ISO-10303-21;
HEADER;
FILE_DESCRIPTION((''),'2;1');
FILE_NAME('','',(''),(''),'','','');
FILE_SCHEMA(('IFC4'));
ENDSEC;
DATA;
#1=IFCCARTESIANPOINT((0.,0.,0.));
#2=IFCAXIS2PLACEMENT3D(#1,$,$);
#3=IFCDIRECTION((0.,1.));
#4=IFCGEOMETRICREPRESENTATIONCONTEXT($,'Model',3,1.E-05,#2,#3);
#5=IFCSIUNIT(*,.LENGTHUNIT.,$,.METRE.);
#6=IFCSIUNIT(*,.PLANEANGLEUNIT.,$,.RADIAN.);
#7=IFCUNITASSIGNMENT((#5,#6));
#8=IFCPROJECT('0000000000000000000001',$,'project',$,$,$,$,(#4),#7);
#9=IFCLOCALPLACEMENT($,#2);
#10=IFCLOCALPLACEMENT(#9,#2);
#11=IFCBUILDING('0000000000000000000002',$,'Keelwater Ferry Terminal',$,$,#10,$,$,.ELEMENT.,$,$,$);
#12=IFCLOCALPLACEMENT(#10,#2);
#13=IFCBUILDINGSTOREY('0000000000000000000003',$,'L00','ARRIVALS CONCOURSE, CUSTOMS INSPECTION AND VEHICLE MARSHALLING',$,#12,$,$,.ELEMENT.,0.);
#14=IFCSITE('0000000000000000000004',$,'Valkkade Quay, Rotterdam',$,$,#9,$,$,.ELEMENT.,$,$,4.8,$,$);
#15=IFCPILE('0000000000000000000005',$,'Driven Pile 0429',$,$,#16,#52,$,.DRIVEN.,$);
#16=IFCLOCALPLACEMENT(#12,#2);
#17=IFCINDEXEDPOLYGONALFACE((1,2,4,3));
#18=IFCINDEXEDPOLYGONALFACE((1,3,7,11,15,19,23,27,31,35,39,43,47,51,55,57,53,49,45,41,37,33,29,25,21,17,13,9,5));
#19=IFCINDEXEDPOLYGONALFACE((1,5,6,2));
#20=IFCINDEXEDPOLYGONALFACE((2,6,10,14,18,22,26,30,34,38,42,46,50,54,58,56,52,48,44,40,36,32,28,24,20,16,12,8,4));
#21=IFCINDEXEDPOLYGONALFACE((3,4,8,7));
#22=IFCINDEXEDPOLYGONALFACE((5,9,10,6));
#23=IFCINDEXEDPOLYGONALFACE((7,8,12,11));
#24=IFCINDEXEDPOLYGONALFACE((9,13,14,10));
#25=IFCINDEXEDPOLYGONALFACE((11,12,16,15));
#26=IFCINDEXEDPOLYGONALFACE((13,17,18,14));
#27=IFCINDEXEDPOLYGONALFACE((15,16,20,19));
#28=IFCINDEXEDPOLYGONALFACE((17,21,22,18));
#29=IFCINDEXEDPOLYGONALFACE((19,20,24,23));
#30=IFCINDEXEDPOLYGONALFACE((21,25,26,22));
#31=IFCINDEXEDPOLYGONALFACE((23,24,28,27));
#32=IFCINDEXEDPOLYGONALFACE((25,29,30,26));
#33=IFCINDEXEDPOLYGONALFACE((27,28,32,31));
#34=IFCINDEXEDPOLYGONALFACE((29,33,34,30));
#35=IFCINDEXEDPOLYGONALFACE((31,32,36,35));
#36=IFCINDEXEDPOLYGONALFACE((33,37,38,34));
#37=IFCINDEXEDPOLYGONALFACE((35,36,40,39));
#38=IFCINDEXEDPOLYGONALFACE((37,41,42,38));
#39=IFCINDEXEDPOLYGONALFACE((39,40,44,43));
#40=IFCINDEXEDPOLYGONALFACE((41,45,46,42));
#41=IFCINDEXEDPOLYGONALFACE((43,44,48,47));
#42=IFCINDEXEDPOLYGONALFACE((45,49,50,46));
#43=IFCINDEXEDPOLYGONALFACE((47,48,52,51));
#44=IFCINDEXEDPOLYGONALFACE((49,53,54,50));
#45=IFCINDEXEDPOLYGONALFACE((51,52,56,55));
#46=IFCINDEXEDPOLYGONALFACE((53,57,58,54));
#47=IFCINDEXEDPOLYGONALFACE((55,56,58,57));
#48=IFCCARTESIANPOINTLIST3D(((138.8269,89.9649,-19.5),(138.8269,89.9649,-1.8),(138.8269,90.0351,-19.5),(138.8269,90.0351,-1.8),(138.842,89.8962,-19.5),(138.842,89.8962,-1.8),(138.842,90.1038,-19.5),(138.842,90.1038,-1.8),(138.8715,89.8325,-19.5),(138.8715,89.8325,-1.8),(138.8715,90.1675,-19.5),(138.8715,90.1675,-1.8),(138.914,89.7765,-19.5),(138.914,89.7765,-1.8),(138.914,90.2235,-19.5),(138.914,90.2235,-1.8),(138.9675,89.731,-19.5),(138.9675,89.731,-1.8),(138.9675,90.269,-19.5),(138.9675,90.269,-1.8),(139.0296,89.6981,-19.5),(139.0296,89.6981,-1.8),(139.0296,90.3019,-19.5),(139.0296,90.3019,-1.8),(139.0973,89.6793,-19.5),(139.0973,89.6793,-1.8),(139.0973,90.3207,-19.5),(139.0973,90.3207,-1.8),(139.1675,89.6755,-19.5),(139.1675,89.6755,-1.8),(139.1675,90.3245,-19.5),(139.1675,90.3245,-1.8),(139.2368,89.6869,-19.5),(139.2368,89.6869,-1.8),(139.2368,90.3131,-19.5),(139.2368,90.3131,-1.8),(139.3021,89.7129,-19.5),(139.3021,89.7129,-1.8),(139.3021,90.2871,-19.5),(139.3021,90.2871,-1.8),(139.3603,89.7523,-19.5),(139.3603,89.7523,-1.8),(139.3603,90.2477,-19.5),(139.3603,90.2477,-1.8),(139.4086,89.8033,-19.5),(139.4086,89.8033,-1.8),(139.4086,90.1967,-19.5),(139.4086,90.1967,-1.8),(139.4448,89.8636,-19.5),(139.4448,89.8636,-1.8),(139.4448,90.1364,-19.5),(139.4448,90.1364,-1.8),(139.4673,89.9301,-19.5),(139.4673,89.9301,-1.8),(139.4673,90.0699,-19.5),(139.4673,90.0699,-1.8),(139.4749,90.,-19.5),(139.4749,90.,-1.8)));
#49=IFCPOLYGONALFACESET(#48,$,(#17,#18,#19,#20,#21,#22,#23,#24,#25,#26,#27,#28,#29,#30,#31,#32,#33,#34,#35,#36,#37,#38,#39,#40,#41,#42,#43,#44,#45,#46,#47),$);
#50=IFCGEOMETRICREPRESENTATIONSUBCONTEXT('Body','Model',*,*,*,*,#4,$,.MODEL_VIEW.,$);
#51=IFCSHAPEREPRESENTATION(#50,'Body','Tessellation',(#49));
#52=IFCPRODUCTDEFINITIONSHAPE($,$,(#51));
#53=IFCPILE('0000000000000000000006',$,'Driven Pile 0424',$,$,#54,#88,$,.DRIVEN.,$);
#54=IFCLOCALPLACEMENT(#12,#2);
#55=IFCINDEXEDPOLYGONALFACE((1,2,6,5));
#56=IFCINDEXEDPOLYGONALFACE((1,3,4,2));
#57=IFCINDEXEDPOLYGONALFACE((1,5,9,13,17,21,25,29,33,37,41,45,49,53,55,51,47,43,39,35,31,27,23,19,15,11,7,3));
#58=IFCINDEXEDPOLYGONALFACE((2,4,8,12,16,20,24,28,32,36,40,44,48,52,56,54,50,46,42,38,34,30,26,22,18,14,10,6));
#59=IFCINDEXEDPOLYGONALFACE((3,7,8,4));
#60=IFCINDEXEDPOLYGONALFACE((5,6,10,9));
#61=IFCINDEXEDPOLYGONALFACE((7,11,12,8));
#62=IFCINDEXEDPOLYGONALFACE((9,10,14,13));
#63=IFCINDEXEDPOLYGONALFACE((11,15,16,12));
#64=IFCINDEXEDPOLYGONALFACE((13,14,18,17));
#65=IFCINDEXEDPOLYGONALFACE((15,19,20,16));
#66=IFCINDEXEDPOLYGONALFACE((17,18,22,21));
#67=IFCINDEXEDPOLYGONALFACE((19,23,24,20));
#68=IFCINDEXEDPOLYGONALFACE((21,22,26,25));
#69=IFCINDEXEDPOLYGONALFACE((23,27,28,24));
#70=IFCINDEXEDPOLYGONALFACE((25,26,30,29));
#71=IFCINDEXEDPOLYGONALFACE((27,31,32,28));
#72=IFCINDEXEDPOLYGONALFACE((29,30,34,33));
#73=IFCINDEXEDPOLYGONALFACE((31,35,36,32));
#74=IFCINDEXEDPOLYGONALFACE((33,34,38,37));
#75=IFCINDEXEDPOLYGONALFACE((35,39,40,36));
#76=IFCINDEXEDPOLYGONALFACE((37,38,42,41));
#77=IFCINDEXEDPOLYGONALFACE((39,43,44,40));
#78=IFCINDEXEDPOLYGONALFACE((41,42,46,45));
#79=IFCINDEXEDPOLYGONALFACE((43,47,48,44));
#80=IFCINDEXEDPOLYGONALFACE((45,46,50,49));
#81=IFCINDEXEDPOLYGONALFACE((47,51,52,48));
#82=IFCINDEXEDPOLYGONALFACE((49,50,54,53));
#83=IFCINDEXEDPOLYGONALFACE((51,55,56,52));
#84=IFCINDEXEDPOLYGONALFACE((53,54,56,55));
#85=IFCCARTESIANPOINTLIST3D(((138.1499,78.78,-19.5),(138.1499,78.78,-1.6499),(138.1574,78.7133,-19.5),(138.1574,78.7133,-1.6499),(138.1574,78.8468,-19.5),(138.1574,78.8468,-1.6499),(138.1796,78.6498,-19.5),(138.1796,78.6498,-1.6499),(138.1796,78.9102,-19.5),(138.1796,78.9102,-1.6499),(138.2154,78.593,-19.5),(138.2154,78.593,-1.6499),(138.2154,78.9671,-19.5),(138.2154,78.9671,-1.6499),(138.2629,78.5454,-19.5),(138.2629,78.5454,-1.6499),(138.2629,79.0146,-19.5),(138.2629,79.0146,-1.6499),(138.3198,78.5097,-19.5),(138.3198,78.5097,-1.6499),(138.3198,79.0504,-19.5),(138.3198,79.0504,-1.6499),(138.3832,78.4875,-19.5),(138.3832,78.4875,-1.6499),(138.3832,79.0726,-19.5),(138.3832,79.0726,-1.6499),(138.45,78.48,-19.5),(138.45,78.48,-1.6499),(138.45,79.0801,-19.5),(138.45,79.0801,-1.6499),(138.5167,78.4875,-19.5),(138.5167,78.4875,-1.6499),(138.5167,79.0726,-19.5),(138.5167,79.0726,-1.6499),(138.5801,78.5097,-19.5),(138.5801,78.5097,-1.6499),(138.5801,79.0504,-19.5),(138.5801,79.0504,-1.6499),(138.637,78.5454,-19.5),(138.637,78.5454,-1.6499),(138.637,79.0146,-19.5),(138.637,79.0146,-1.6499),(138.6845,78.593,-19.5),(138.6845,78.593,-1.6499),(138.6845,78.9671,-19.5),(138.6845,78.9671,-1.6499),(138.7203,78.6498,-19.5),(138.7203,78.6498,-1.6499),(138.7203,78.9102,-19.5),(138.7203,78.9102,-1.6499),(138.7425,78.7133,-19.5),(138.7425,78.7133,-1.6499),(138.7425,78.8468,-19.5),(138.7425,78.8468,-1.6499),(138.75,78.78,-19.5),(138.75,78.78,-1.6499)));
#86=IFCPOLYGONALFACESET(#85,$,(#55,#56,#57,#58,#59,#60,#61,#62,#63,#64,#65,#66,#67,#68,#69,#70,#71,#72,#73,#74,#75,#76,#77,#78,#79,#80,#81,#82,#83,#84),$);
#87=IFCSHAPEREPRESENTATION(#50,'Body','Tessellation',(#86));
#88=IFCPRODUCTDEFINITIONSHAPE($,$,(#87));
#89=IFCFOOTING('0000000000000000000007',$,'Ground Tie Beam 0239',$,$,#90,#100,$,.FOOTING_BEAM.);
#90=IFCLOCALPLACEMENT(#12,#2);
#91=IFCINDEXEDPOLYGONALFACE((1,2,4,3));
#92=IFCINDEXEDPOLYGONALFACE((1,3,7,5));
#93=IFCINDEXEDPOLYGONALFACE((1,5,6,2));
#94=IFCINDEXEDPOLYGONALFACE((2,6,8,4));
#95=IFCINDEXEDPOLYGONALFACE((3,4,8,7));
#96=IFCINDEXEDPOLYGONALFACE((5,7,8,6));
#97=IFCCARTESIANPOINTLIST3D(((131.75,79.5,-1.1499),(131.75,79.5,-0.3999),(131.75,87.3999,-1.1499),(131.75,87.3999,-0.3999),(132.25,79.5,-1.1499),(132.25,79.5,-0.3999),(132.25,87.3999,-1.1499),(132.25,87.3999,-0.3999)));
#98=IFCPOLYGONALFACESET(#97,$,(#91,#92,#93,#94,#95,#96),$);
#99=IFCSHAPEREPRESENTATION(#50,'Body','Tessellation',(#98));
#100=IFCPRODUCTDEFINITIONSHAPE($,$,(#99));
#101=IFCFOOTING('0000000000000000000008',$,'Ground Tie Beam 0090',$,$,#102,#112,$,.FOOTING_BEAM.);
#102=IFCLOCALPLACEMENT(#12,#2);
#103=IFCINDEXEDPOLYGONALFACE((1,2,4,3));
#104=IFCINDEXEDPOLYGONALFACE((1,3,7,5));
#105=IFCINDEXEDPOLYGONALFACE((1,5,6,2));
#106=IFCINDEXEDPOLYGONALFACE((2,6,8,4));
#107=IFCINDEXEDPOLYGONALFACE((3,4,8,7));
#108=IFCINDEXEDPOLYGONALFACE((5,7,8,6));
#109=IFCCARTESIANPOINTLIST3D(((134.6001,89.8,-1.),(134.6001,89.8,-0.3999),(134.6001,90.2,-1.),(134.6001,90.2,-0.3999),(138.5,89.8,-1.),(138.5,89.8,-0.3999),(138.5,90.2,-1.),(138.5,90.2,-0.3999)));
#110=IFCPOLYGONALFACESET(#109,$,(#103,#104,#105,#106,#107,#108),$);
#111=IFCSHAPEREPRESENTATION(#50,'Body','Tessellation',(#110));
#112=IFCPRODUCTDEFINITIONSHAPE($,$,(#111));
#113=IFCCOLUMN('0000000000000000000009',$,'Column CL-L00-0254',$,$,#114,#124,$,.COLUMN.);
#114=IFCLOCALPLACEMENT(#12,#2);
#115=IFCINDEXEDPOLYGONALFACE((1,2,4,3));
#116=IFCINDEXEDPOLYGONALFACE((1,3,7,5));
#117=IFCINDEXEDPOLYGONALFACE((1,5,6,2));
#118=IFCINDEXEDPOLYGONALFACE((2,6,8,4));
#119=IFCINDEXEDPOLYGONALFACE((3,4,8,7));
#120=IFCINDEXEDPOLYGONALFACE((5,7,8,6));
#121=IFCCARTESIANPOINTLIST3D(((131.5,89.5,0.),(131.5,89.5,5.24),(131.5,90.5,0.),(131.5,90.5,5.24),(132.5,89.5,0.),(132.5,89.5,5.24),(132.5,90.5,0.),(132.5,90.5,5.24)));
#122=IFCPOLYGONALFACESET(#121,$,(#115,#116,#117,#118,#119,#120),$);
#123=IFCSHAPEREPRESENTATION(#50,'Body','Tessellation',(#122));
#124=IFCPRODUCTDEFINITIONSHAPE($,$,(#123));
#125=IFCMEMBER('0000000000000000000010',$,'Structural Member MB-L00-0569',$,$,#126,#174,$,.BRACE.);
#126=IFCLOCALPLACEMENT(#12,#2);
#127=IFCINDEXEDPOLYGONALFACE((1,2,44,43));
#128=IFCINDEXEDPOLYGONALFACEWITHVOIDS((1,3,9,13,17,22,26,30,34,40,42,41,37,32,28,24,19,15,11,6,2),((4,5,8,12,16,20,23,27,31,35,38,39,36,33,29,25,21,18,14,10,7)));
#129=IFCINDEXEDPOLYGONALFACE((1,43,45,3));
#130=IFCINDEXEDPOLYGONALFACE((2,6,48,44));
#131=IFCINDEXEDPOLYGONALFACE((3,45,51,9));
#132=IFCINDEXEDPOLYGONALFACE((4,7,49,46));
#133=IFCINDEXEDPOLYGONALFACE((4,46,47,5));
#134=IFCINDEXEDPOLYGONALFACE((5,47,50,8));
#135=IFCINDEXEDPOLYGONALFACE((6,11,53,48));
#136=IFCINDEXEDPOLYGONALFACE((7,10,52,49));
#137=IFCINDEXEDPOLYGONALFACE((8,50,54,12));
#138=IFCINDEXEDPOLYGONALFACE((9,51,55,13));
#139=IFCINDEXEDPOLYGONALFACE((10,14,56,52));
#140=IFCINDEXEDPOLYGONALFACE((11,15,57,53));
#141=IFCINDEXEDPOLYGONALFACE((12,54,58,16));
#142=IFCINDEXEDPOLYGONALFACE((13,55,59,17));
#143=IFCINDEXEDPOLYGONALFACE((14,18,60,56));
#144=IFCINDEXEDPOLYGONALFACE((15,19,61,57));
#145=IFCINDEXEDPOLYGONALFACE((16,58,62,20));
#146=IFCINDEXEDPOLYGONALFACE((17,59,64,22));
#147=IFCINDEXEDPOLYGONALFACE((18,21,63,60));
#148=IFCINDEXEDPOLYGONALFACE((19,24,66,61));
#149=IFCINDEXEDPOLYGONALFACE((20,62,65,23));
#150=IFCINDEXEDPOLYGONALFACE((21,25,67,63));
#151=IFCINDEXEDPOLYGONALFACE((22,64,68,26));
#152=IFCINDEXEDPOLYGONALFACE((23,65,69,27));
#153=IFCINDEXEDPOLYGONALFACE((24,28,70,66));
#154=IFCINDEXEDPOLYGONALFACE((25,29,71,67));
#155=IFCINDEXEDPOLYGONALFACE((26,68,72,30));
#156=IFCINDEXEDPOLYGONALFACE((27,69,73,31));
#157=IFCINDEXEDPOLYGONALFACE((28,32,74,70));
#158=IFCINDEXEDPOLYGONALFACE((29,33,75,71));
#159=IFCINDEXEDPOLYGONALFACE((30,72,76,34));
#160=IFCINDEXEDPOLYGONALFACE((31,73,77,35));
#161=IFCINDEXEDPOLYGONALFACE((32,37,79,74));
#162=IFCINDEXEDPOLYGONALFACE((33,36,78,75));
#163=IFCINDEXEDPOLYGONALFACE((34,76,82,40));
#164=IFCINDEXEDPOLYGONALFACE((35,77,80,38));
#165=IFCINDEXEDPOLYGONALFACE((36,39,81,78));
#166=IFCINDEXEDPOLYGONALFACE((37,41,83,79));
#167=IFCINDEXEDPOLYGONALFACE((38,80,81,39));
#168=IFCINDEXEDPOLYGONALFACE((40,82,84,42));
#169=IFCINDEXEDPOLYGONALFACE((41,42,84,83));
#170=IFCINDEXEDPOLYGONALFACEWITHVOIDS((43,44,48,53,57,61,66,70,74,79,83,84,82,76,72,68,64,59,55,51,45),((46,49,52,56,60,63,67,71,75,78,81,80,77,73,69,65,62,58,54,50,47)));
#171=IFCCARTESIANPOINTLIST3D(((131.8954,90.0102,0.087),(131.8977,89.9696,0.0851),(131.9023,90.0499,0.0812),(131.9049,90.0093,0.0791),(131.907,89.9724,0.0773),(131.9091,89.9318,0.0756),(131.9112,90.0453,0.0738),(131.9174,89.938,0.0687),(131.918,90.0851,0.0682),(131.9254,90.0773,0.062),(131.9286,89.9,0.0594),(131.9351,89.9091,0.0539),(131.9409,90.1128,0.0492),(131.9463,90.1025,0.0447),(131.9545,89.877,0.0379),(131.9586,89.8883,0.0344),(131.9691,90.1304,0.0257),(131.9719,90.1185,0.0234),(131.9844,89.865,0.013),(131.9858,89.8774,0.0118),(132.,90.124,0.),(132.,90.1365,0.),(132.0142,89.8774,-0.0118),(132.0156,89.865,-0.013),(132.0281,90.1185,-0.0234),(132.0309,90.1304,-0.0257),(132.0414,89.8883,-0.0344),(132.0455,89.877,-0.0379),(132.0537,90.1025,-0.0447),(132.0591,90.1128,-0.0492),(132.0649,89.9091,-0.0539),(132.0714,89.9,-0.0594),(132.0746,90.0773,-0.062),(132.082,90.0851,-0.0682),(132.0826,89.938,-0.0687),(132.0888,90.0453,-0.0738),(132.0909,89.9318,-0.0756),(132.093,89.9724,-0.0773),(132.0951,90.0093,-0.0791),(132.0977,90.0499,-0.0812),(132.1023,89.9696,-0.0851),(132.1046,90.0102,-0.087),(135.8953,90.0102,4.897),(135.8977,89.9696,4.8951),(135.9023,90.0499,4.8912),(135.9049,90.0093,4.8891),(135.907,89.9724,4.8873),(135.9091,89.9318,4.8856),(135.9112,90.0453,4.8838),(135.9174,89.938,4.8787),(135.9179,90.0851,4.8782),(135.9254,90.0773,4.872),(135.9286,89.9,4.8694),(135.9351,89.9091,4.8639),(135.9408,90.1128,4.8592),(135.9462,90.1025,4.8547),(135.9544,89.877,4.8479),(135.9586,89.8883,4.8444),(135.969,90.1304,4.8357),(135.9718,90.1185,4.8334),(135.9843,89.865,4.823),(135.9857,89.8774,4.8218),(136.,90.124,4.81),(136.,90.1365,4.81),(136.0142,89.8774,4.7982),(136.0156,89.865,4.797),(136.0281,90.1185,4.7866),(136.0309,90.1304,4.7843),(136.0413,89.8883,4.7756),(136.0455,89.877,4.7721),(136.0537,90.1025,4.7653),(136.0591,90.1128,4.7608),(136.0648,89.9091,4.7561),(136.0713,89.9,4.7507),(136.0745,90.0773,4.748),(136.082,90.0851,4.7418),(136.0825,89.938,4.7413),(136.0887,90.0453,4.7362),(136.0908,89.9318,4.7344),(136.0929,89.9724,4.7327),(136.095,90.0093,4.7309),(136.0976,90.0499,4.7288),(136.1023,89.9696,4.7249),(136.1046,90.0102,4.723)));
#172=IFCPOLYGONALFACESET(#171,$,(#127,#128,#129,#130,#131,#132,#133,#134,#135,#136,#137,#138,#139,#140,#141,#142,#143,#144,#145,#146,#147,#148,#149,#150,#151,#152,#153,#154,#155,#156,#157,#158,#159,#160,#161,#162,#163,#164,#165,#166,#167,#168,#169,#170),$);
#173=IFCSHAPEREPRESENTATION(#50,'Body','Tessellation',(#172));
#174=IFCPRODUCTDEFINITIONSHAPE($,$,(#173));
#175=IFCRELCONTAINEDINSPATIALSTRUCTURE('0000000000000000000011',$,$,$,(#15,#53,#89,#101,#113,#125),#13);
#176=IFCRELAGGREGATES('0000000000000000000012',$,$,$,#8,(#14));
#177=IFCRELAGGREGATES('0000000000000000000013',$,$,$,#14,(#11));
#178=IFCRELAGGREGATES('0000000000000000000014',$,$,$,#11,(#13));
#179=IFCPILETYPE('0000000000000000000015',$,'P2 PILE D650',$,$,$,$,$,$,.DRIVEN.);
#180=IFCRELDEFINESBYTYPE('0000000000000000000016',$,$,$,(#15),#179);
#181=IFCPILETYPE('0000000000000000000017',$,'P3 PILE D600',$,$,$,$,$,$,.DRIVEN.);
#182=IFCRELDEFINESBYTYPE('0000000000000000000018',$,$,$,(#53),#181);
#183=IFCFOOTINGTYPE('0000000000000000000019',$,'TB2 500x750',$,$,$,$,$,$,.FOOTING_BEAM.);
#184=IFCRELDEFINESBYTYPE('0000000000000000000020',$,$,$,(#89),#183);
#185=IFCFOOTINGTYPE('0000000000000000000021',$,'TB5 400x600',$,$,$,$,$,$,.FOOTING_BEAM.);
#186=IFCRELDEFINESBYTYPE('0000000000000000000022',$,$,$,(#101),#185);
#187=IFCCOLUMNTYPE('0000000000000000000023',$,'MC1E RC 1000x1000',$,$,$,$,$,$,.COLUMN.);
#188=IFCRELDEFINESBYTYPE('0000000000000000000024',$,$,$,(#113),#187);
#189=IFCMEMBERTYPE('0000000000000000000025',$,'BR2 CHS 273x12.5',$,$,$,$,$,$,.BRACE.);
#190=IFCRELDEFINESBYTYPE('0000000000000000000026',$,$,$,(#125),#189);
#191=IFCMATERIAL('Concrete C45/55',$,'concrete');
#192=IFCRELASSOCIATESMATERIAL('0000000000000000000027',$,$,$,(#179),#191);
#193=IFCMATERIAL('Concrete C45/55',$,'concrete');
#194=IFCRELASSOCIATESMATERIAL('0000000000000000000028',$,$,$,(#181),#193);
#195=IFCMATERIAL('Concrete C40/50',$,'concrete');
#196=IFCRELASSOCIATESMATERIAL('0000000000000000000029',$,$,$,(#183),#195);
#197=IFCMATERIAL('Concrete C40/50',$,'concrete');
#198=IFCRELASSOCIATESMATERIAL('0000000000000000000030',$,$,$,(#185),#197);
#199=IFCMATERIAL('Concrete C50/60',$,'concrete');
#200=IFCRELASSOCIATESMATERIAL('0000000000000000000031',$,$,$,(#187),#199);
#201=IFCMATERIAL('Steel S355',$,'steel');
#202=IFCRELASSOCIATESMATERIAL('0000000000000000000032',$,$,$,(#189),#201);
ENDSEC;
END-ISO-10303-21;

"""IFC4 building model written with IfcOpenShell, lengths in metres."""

from ifc_helpers import new_model, si_unit, direction, frame, origin, origin_2d, place, context, subcontext, project, spatial, rectangle, circle, hollow_circle, extrude, material, material_profile, profile_set, type_object, element, save


model = new_model("IFC4")

# Units and contexts
model_context = context("Model", 3, precision=1e-05, world=origin(), true_north=direction((0.0, 1.0)))
body_context = subcontext(model_context, "Body", "Model", "MODEL_VIEW")
ifc_project = project(units=[si_unit("LENGTHUNIT", "METRE"), si_unit("PLANEANGLEUNIT", "RADIAN")], contexts=[model_context])

# Site, building, storey
site_placement = place(None, origin())
site = spatial("IfcSite", under=ifc_project, at=site_placement, Name="Valkkade Quay, Rotterdam", CompositionType="ELEMENT", RefElevation=4.8)
building_placement = place(site_placement, origin())
building = spatial("IfcBuilding", under=site, at=building_placement, Name="Keelwater Ferry Terminal", CompositionType="ELEMENT")
storey_placement = place(building_placement, origin())
storey = spatial("IfcBuildingStorey", under=building, at=storey_placement, Name="L00", Description="ARRIVALS CONCOURSE, CUSTOMS INSPECTION AND VEHICLE MARSHALLING", CompositionType="ELEMENT", Elevation=0.0)

# Piles
ifc_material_1 = material(Name="Concrete C45/55", Category="concrete")
ifc_material_profile_1 = material_profile(ifc_material_1, circle(Radius=0.325, at=origin_2d()), Name="PILE D650")
ifc_profile_set_1 = profile_set([ifc_material_profile_1], Name="Concrete C45/55")
pile_type_1 = type_object("IfcPileType", Name="P2 PILE D650", PredefinedType="DRIVEN", material=ifc_profile_set_1)
for number, where, z_axis, x_axis, name in (
    (1, (139.1499, 90.0, -1.8), (0.0, 0.0, -1.0), (1.0, 0.0, 0.0), "Driven Pile 0429"),
):
    element("IfcPile", number, at=place(storey_placement, frame(where, z_axis=z_axis, x_axis=x_axis)), inside=storey, type_object=pile_type_1, Name=name, PredefinedType="DRIVEN", context=body_context, shape_type="SweptSolid", body=[
        extrude(circle(Radius=0.325, at=origin_2d()), origin(), (0.0, 0.0, 1.0), 17.7),
    ])
ifc_material_2 = material(Name="Concrete C45/55", Category="concrete")
ifc_material_profile_2 = material_profile(ifc_material_2, circle(Radius=0.3, at=origin_2d()), Name="PILE D600")
ifc_profile_set_2 = profile_set([ifc_material_profile_2], Name="Concrete C45/55")
pile_type_2 = type_object("IfcPileType", Name="P3 PILE D600", PredefinedType="DRIVEN", material=ifc_profile_set_2)
pile_placement = place(storey_placement, frame((138.45, 78.78, -1.6499), z_axis=(0.0, 0.0, -1.0), x_axis=(1.0, 0.0, 0.0)))
element("IfcPile", 2, at=pile_placement, inside=storey, type_object=pile_type_2, Name="Driven Pile 0424", PredefinedType="DRIVEN", context=body_context, shape_type="SweptSolid", body=[
    extrude(circle(Radius=0.3, at=origin_2d()), origin(), (0.0, 0.0, 1.0), 17.8501),
])

# Footings
ifc_material_3 = material(Name="Concrete C40/50", Category="concrete")
ifc_material_profile_3 = material_profile(ifc_material_3, rectangle(XDim=0.5, YDim=0.75, at=origin_2d()), Name="TB 500x750")
ifc_profile_set_3 = profile_set([ifc_material_profile_3], Name="Concrete C40/50")
footing_type_1 = type_object("IfcFootingType", Name="TB2 500x750", PredefinedType="FOOTING_BEAM", material=ifc_profile_set_3)
footing_1_placement = place(storey_placement, frame((132.0, 79.5, -0.7749), z_axis=(0.0, 1.0, 0.0), x_axis=(-1.0, 0.0, 0.0)))
element("IfcFooting", 3, at=footing_1_placement, inside=storey, type_object=footing_type_1, Name="Ground Tie Beam 0239", PredefinedType="FOOTING_BEAM", context=body_context, shape_type="SweptSolid", body=[
    extrude(rectangle(XDim=0.5, YDim=0.75, at=origin_2d()), origin(), (0.0, 0.0, 1.0), 7.8999),
])
ifc_material_4 = material(Name="Concrete C40/50", Category="concrete")
ifc_material_profile_4 = material_profile(ifc_material_4, rectangle(XDim=0.3999, YDim=0.6001, at=origin_2d()), Name="TB 400x600")
ifc_profile_set_4 = profile_set([ifc_material_profile_4], Name="Concrete C40/50")
footing_type_2 = type_object("IfcFootingType", Name="TB5 400x600", PredefinedType="FOOTING_BEAM", material=ifc_profile_set_4)
footing_2_placement = place(storey_placement, frame((134.6001, 90.0, -0.7), z_axis=(1.0, 0.0, 0.0), x_axis=(0.0, 1.0, 0.0)))
element("IfcFooting", 4, at=footing_2_placement, inside=storey, type_object=footing_type_2, Name="Ground Tie Beam 0090", PredefinedType="FOOTING_BEAM", context=body_context, shape_type="SweptSolid", body=[
    extrude(rectangle(XDim=0.3999, YDim=0.6001, at=origin_2d()), origin(), (0.0, 0.0, 1.0), 3.8999),
])

# Column
ifc_material_5 = material(Name="Concrete C50/60", Category="concrete")
ifc_material_profile_5 = material_profile(ifc_material_5, rectangle(XDim=1.0, YDim=1.0, at=origin_2d()), Name="RC 1000x1000")
ifc_profile_set_5 = profile_set([ifc_material_profile_5], Name="Concrete C50/60")
column_type = type_object("IfcColumnType", Name="MC1E RC 1000x1000", PredefinedType="COLUMN", material=ifc_profile_set_5)
column_placement = place(storey_placement, frame((132.0, 90.0, 0.0), z_axis=(0.0, 0.0, 1.0), x_axis=(1.0, 0.0, 0.0)))
element("IfcColumn", 5, at=column_placement, inside=storey, type_object=column_type, Name="Column CL-L00-0254", PredefinedType="COLUMN", context=body_context, shape_type="SweptSolid", body=[
    extrude(rectangle(XDim=1.0, YDim=1.0, at=origin_2d()), origin(), (0.0, 0.0, 1.0), 5.24),
])

# Member
ifc_material_6 = material(Name="Steel S355", Category="steel")
ifc_material_profile_6 = material_profile(ifc_material_6, hollow_circle(Radius=0.1365, WallThickness=0.0125, at=origin_2d()), Name="CHS 273x12.5")
ifc_profile_set_6 = profile_set([ifc_material_profile_6], Name="Steel S355")
member_type = type_object("IfcMemberType", Name="BR2 CHS 273x12.5", PredefinedType="BRACE", material=ifc_profile_set_6)
member_placement = place(storey_placement, frame((132.0, 90.0, 0.0), z_axis=(0.639393, 0.0, 0.76888), x_axis=(0.0, 1.0, 0.0)))
element("IfcMember", 6, at=member_placement, inside=storey, type_object=member_type, Name="Structural Member MB-L00-0569", PredefinedType="BRACE", context=body_context, shape_type="SweptSolid", body=[
    extrude(hollow_circle(Radius=0.1365, WallThickness=0.0125, at=origin_2d()), origin(), (0.0, 0.0, 1.0), 6.2559),
])

save(model, "model.ifc")
